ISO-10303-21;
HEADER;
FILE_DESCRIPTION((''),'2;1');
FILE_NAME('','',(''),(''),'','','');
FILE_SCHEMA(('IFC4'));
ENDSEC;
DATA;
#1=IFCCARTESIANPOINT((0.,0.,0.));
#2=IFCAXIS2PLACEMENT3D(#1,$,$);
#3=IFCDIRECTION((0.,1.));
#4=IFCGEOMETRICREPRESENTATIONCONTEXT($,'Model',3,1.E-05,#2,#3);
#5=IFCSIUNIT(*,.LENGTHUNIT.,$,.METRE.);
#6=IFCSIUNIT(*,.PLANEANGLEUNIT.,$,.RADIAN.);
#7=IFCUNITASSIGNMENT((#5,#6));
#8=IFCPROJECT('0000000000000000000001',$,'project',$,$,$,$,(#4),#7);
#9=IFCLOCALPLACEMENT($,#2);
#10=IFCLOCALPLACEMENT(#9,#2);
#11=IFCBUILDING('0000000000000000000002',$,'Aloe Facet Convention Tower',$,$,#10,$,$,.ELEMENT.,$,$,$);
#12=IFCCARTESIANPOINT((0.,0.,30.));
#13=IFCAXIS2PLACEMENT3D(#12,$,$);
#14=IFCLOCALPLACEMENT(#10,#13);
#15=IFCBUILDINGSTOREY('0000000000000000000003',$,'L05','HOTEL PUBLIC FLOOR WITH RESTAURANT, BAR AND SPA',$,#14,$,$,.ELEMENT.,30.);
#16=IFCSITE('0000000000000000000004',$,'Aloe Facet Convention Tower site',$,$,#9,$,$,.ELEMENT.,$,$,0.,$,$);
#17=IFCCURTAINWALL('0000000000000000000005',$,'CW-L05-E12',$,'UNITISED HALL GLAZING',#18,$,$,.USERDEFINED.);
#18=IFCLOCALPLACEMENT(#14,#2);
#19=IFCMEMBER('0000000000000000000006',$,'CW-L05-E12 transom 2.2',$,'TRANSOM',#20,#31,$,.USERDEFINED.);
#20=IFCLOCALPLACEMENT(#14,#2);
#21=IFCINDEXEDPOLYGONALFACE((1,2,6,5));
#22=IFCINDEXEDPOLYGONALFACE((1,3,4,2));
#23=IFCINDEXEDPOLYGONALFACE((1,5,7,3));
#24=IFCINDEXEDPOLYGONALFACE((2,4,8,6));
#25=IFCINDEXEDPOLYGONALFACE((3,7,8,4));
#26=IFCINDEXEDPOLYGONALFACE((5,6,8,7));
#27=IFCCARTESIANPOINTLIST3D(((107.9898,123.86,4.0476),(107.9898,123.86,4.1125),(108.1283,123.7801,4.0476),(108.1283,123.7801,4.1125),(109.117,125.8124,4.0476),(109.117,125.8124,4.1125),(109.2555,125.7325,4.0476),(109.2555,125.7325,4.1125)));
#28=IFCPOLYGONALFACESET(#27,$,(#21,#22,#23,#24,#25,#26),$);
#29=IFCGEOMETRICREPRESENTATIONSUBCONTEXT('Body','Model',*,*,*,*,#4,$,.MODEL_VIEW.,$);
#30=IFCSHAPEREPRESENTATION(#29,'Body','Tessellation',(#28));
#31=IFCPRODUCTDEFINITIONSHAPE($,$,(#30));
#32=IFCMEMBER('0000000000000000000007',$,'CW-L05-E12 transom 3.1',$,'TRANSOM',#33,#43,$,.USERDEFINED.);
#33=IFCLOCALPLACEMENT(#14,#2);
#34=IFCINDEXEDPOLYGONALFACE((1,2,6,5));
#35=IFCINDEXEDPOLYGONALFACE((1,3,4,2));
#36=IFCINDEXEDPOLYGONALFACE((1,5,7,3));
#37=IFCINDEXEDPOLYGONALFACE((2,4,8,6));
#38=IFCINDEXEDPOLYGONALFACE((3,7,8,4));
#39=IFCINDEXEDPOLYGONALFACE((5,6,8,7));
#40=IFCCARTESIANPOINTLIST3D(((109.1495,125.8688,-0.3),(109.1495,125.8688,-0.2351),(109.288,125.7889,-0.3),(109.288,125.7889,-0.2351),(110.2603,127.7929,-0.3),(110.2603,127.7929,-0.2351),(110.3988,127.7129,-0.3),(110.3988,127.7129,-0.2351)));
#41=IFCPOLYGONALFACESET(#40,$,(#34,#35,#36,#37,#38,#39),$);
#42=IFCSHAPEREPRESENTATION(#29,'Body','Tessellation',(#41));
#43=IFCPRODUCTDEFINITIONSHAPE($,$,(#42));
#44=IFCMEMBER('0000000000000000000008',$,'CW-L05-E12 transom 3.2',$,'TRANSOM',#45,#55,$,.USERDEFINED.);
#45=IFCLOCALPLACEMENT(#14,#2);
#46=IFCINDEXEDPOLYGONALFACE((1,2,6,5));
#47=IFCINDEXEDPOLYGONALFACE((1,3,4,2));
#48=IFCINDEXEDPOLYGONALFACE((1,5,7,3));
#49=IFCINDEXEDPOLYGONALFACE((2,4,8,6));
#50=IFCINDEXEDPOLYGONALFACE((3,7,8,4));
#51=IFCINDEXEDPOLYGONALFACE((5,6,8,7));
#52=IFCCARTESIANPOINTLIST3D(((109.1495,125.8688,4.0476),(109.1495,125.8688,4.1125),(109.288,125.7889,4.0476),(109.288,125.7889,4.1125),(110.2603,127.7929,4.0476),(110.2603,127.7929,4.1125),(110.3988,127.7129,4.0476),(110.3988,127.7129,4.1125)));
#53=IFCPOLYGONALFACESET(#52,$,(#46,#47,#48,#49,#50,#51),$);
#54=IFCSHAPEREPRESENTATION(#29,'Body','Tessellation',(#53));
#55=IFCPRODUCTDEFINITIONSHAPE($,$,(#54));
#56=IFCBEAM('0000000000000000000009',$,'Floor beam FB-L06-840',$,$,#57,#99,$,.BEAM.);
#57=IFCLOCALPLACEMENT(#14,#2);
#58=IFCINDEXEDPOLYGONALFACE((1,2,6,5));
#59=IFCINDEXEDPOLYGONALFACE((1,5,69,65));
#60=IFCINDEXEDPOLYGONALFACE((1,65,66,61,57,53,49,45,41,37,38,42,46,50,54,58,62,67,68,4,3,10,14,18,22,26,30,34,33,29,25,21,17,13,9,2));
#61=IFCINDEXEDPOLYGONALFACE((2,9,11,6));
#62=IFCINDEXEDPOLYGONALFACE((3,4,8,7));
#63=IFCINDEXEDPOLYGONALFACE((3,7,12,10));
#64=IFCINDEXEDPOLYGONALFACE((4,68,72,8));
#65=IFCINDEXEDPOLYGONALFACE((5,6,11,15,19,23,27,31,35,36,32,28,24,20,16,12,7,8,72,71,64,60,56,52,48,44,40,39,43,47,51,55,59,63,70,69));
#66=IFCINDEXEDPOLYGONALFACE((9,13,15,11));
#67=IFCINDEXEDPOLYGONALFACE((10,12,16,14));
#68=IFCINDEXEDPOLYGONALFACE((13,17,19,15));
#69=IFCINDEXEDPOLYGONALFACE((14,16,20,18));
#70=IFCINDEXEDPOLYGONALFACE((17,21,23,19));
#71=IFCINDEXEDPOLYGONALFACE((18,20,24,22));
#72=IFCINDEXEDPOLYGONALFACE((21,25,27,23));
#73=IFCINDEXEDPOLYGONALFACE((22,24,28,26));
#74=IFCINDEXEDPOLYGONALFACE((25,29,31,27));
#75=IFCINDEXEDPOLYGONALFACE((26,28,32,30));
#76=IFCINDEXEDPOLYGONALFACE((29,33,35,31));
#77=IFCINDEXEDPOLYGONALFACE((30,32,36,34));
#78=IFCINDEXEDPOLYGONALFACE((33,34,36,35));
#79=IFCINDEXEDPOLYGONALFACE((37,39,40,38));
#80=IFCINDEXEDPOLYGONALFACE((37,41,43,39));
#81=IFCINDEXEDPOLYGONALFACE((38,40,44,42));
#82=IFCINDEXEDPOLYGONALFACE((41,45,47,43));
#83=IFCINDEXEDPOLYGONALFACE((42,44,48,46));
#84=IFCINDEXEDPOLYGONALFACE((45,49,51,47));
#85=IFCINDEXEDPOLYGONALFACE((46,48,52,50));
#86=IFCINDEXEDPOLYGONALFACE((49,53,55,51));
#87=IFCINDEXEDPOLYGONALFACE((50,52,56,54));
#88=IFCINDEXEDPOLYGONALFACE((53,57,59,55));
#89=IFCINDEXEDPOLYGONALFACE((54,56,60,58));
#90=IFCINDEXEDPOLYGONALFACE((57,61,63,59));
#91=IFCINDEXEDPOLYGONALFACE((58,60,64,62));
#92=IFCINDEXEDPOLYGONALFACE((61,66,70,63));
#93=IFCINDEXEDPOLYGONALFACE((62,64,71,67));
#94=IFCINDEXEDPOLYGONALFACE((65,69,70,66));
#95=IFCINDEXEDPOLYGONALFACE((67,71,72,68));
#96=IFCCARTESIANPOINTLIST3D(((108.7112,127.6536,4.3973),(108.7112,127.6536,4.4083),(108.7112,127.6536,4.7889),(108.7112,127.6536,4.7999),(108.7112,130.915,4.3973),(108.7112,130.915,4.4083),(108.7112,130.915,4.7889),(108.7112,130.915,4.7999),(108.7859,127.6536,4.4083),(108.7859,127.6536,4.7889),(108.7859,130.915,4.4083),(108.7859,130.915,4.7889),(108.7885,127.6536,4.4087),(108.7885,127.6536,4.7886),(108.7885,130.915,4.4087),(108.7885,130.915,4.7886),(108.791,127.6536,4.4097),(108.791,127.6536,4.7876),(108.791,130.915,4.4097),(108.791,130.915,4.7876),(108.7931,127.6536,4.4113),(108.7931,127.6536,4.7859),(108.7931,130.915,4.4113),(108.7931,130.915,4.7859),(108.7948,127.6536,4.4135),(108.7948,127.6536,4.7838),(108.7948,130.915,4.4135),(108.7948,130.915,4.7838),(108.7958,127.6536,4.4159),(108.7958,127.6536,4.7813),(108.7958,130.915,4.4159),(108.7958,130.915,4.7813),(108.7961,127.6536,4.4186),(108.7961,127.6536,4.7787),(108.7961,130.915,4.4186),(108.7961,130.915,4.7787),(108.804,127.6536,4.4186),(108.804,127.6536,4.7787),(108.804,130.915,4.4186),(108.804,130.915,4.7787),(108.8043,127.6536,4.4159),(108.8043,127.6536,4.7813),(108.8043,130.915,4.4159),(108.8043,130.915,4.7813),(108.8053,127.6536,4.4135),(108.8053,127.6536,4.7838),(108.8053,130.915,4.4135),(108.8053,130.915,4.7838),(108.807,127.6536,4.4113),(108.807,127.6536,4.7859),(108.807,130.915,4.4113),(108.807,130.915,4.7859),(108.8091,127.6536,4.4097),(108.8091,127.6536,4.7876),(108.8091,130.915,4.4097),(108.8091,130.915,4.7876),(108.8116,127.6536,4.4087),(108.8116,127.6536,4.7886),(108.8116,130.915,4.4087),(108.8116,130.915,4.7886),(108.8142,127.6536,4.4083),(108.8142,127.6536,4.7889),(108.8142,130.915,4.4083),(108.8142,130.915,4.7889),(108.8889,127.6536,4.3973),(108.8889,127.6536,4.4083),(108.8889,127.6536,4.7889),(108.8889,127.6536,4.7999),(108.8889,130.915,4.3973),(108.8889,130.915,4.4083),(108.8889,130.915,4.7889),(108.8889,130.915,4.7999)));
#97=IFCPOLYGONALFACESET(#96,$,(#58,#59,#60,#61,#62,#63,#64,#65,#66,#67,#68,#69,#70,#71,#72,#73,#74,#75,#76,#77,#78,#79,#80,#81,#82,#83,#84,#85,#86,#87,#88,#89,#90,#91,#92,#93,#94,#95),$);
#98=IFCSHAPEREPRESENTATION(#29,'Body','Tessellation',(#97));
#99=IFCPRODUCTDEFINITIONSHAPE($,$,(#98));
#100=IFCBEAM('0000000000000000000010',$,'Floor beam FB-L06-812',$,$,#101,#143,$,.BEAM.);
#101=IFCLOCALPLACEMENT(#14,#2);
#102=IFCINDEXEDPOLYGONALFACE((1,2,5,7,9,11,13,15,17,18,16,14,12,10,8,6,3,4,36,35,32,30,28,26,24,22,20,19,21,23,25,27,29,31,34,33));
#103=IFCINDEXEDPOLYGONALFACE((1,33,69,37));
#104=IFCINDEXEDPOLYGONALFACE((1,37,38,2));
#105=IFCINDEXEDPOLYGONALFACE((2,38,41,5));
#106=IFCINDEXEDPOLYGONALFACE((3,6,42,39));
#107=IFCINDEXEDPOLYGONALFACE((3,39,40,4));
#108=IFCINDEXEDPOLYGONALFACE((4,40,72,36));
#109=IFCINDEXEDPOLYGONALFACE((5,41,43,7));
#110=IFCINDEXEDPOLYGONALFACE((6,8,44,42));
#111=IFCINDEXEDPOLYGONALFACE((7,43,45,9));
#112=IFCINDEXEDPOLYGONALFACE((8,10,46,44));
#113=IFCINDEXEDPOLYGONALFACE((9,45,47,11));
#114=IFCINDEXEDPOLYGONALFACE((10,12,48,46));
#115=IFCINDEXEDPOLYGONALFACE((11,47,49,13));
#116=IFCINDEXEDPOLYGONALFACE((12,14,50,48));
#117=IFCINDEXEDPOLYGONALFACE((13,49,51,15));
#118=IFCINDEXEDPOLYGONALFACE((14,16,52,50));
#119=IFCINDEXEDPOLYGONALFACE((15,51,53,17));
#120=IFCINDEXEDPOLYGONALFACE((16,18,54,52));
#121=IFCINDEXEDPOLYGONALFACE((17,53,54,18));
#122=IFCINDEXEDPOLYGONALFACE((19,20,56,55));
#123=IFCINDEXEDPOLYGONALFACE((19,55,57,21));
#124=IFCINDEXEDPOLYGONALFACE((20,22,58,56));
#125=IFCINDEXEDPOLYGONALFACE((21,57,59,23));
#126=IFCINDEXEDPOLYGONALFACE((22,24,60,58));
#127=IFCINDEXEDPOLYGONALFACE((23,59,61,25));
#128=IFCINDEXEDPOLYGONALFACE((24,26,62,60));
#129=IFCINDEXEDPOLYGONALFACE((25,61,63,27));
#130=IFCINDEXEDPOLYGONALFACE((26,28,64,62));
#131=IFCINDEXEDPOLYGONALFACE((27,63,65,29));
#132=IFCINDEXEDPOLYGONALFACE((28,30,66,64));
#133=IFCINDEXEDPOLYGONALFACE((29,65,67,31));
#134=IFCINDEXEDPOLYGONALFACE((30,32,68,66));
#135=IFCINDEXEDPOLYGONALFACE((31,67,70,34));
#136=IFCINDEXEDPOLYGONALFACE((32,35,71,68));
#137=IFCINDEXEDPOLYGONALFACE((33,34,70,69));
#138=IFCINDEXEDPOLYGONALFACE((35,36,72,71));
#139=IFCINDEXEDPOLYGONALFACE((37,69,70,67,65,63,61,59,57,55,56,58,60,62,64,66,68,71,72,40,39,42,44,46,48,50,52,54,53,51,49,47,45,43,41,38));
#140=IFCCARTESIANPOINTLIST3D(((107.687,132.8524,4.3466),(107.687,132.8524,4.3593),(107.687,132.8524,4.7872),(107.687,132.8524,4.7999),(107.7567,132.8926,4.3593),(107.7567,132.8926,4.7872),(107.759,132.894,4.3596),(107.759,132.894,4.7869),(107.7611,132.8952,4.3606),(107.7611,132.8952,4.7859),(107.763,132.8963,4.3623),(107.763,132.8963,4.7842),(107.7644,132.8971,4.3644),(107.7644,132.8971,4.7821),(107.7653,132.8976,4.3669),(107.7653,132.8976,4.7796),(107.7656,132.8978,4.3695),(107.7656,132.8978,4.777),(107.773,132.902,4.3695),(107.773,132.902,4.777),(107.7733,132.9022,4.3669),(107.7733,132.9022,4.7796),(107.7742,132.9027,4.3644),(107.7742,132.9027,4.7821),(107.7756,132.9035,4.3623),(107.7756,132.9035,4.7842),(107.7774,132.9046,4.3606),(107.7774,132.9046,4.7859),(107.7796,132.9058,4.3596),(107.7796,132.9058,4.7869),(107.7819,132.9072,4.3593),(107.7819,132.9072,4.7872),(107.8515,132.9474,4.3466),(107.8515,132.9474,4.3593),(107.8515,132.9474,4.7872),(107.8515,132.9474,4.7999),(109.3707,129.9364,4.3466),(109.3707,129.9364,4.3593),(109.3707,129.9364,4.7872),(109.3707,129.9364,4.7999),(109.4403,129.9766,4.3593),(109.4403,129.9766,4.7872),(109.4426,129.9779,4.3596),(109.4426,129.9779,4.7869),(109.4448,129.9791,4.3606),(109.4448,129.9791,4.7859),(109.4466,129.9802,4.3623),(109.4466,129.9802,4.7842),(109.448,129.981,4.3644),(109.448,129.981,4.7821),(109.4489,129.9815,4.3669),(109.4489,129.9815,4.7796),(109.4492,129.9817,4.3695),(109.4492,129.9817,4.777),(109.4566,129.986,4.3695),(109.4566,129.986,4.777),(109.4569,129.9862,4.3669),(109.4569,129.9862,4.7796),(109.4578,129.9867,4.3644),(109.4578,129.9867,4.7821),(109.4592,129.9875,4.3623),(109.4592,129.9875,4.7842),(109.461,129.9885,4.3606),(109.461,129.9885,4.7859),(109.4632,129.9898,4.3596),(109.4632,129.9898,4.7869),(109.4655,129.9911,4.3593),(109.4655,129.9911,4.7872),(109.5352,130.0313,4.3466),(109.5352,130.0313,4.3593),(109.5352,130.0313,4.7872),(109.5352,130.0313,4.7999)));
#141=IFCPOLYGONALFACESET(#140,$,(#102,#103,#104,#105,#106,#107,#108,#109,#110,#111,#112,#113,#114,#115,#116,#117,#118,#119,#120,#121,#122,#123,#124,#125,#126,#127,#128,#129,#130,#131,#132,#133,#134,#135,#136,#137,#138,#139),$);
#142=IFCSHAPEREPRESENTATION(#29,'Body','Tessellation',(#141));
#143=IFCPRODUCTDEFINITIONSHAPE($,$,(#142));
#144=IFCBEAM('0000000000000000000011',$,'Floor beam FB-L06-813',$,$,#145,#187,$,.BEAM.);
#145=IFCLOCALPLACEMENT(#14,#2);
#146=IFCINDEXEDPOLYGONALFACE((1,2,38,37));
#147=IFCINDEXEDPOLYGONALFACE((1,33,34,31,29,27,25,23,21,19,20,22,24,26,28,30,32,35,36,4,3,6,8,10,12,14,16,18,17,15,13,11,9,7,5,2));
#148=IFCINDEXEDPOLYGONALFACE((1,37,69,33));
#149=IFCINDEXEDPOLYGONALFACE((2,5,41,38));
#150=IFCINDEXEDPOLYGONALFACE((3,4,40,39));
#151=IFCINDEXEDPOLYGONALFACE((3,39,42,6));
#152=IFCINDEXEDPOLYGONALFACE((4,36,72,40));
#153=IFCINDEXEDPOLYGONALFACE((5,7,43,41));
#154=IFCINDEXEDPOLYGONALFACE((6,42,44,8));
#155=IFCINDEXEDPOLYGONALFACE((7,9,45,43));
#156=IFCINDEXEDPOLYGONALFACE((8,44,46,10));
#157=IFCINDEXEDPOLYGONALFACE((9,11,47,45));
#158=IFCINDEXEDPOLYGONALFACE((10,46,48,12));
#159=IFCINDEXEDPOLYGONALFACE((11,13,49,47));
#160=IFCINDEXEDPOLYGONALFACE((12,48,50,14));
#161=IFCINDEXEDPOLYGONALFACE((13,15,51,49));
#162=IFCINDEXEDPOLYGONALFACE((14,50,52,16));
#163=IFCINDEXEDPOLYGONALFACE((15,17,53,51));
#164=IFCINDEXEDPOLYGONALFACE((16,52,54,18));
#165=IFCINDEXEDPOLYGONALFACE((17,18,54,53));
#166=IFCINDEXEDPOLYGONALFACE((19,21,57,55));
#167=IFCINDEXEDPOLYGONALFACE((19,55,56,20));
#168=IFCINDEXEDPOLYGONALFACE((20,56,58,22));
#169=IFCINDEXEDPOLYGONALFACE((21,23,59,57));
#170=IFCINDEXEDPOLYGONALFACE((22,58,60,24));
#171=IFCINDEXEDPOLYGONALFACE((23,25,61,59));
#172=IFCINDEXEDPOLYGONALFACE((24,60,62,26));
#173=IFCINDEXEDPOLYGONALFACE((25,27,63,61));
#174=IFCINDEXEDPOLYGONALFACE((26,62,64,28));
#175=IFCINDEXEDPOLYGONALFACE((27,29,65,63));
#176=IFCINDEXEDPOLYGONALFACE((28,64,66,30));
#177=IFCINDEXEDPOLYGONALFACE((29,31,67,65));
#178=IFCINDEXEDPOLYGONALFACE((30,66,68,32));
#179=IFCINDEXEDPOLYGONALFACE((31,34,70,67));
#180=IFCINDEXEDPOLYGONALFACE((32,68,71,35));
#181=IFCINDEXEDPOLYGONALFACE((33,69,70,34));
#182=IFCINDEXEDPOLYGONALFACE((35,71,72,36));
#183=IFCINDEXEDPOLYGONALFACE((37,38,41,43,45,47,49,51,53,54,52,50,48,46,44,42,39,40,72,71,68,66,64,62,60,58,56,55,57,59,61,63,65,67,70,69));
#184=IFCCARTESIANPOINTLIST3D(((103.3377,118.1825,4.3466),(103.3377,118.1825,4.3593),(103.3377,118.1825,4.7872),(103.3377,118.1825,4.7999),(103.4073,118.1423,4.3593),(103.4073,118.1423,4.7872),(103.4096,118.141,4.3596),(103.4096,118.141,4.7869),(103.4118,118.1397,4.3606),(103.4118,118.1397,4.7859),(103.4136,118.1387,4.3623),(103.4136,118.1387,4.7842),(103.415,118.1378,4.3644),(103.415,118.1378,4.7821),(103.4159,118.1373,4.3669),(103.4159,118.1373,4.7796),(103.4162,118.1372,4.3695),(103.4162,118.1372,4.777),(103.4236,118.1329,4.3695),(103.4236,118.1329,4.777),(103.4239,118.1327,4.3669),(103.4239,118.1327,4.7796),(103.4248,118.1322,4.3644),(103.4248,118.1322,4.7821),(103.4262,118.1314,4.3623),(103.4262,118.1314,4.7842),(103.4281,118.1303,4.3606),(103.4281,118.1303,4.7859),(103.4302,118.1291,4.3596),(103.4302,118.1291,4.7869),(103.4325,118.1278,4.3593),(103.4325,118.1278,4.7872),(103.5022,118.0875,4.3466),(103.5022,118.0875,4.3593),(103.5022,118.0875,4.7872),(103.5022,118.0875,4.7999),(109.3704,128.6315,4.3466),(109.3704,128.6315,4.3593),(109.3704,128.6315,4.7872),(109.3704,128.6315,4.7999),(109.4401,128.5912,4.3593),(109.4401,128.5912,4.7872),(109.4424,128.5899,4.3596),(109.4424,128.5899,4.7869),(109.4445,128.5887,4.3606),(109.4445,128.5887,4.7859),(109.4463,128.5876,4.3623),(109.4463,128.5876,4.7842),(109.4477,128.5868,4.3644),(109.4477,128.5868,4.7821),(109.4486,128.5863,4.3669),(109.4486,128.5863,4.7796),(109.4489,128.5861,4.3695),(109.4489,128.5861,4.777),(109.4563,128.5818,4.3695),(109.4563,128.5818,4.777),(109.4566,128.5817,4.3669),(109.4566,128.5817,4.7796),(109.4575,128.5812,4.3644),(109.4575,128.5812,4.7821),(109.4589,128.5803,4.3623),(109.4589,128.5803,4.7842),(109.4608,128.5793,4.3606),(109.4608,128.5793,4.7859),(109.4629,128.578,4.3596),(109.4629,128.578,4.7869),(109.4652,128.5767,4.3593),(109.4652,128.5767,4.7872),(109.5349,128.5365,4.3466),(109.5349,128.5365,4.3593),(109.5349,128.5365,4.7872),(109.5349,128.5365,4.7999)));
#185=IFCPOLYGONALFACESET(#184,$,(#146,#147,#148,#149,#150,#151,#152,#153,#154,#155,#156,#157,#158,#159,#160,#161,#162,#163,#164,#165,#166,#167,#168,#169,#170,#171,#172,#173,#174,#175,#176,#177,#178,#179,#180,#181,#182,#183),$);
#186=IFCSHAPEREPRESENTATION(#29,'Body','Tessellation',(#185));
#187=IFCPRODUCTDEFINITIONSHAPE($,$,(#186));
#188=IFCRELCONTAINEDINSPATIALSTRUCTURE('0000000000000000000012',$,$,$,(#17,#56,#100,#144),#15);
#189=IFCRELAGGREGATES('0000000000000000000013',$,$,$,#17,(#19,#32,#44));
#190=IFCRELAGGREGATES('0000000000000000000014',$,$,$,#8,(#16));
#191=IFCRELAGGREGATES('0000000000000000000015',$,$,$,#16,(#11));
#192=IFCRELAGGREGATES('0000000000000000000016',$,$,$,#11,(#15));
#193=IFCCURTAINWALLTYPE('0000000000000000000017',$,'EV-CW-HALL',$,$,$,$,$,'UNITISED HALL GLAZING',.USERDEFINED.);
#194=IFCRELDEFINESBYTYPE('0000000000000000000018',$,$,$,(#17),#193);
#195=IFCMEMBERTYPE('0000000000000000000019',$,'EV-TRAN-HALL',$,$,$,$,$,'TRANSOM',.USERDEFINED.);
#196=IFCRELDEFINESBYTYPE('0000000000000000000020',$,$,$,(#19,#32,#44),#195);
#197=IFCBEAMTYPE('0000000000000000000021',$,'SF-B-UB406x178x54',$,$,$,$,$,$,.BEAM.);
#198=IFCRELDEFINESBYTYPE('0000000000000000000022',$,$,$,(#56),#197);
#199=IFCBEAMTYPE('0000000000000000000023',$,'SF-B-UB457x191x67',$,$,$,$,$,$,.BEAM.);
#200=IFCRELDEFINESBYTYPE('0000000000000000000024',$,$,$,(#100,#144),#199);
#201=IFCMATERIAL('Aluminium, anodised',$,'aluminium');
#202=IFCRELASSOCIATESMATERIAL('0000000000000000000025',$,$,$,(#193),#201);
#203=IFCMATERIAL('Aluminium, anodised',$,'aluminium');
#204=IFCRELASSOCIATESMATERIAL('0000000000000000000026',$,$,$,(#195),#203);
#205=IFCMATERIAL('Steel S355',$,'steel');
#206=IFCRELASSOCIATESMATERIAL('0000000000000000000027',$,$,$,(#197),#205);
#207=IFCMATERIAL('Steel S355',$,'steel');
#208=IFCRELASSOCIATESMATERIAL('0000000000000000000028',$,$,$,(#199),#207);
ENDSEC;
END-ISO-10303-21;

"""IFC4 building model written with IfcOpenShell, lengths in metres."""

from ifc_helpers import new_model, si_unit, direction, frame, origin, origin_2d, place, context, subcontext, project, spatial, rectangle, i_section, extrude, material, material_profile, profile_set, type_object, element, aggregate, save


model = new_model("IFC4")

# Units and contexts
model_context = context("Model", 3, precision=1e-05, world=origin(), true_north=direction((0.0, 1.0)))
body_context = subcontext(model_context, "Body", "Model", "MODEL_VIEW")
ifc_project = project(units=[si_unit("LENGTHUNIT", "METRE"), si_unit("PLANEANGLEUNIT", "RADIAN")], contexts=[model_context])

# Site, building, storey
site_placement = place(None, origin())
site = spatial("IfcSite", under=ifc_project, at=site_placement, Name="Aloe Facet Convention Tower site", CompositionType="ELEMENT", RefElevation=0.0)
building_placement = place(site_placement, origin())
building = spatial("IfcBuilding", under=site, at=building_placement, Name="Aloe Facet Convention Tower", CompositionType="ELEMENT")
storey_placement = place(building_placement, frame((0.0, 0.0, 30.0)))
storey = spatial("IfcBuildingStorey", under=building, at=storey_placement, Name="L05", Description="HOTEL PUBLIC FLOOR WITH RESTAURANT, BAR AND SPA", CompositionType="ELEMENT", Elevation=30.0)

# Shared definitions
ifc_material_1 = material(Name="Aluminium, anodised", Category="aluminium")
curtain_wall_type = type_object("IfcCurtainWallType", Name="EV-CW-HALL", ElementType="UNITISED HALL GLAZING", PredefinedType="USERDEFINED", material=ifc_material_1)

# Curtain wall
curtain_wall_1_placement = place(storey_placement, origin())
curtain_wall_1 = element("IfcCurtainWall", 1, at=curtain_wall_1_placement, inside=storey, type_object=curtain_wall_type, Name="CW-L05-E12", ObjectType="UNITISED HALL GLAZING", PredefinedType="USERDEFINED")

# Members
ifc_material_2 = material(Name="Aluminium, anodised", Category="aluminium")
ifc_material_profile_1 = material_profile(ifc_material_2, rectangle(XDim=0.1599, YDim=0.0649, at=origin_2d()), Name="AL 160x65")
ifc_profile_set_1 = profile_set([ifc_material_profile_1], Name="Aluminium, anodised")
member_type_1 = type_object("IfcMemberType", Name="EV-TRAN-HALL", ElementType="TRANSOM", PredefinedType="USERDEFINED", material=ifc_profile_set_1)
member_1_placement = place(storey_placement, frame((108.0591, 123.8201, 4.0801), z_axis=(0.499994, 0.866029, 0.0), x_axis=(-0.866029, 0.499994, 0.0)))
member_1 = element("IfcMember", 2, at=member_1_placement, type_object=member_type_1, Name="CW-L05-E12 transom 2.2", ObjectType="TRANSOM", PredefinedType="USERDEFINED", context=body_context, shape_type="SweptSolid", body=[
    extrude(rectangle(XDim=0.1599, YDim=0.0649, at=origin_2d()), origin(), (0.0, 0.0, 1.0), 2.2544),
])
member_2_placement = place(storey_placement, frame((109.2188, 125.8289, -0.2676), z_axis=(0.499992, 0.86603, 0.0), x_axis=(-0.86603, 0.499992, 0.0)))
member_2 = element("IfcMember", 3, at=member_2_placement, type_object=member_type_1, Name="CW-L05-E12 transom 3.1", ObjectType="TRANSOM", PredefinedType="USERDEFINED", context=body_context, shape_type="SweptSolid", body=[
    extrude(rectangle(XDim=0.1599, YDim=0.0649, at=origin_2d()), origin(), (0.0, 0.0, 1.0), 2.2217),
])
member_3_placement = place(storey_placement, frame((109.2188, 125.8289, 4.0801), z_axis=(0.499992, 0.86603, 0.0), x_axis=(-0.86603, 0.499992, 0.0)))
member_3 = element("IfcMember", 4, at=member_3_placement, type_object=member_type_1, Name="CW-L05-E12 transom 3.2", ObjectType="TRANSOM", PredefinedType="USERDEFINED", context=body_context, shape_type="SweptSolid", body=[
    extrude(rectangle(XDim=0.1599, YDim=0.0649, at=origin_2d()), origin(), (0.0, 0.0, 1.0), 2.2217),
])

# Beams
ifc_material_3 = material(Name="Steel S355", Category="steel")
ifc_material_profile_2 = material_profile(ifc_material_3, i_section(OverallWidth=0.1777, OverallDepth=0.4026, WebThickness=0.0078, FlangeThickness=0.011, FilletRadius=0.0103, at=origin_2d()), Name="UB 406x178x54")
ifc_profile_set_2 = profile_set([ifc_material_profile_2], Name="Steel S355")
beam_type_1 = type_object("IfcBeamType", Name="SF-B-UB406x178x54", PredefinedType="BEAM", material=ifc_profile_set_2)
beam_1_placement = place(storey_placement, frame((108.8, 127.6536, 4.5986), z_axis=(0.0, 1.0, 0.0), x_axis=(-1.0, 0.0, 0.0)))
element("IfcBeam", 5, at=beam_1_placement, inside=storey, type_object=beam_type_1, Name="Floor beam FB-L06-840", PredefinedType="BEAM", context=body_context, shape_type="SweptSolid", body=[
    extrude(i_section(OverallWidth=0.1777, OverallDepth=0.4026, WebThickness=0.0078, FlangeThickness=0.011, FilletRadius=0.0103, at=origin_2d()), origin(), (0.0, 0.0, 1.0), 3.2615),
])
ifc_material_4 = material(Name="Steel S355", Category="steel")
ifc_material_profile_3 = material_profile(ifc_material_4, i_section(OverallWidth=0.1899, OverallDepth=0.4534, WebThickness=0.0085, FlangeThickness=0.0127, FilletRadius=0.0103, at=origin_2d()), Name="UB 457x191x67")
ifc_profile_set_3 = profile_set([ifc_material_profile_3], Name="Steel S355")
beam_type_2 = type_object("IfcBeamType", Name="SF-B-UB457x191x67", PredefinedType="BEAM", material=ifc_profile_set_3)
beam_2_placement = place(storey_placement, frame((107.7693, 132.8999, 4.5732), z_axis=(0.500007, -0.866021, 0.0), x_axis=(0.866021, 0.500007, 0.0)))
element("IfcBeam", 6, at=beam_2_placement, inside=storey, type_object=beam_type_2, Name="Floor beam FB-L06-812", PredefinedType="BEAM", context=body_context, shape_type="SweptSolid", body=[
    extrude(i_section(OverallWidth=0.1899, OverallDepth=0.4534, WebThickness=0.0085, FlangeThickness=0.0127, FilletRadius=0.0103, at=origin_2d()), origin(), (0.0, 0.0, 1.0), 3.3672),
])
beam_3_placement = place(storey_placement, frame((109.4526, 128.584, 4.5732), z_axis=(-0.5, -0.866026, 0.0), x_axis=(0.866026, -0.5, 0.0)))
element("IfcBeam", 7, at=beam_3_placement, inside=storey, type_object=beam_type_2, Name="Floor beam FB-L06-813", PredefinedType="BEAM", context=body_context, shape_type="SweptSolid", body=[
    extrude(i_section(OverallWidth=0.1899, OverallDepth=0.4534, WebThickness=0.0085, FlangeThickness=0.0127, FilletRadius=0.0103, at=origin_2d()), origin(), (0.0, 0.0, 1.0), 12.0654),
])

aggregate(curtain_wall_1, [member_1, member_2, member_3])

save(model, "model.ifc")
